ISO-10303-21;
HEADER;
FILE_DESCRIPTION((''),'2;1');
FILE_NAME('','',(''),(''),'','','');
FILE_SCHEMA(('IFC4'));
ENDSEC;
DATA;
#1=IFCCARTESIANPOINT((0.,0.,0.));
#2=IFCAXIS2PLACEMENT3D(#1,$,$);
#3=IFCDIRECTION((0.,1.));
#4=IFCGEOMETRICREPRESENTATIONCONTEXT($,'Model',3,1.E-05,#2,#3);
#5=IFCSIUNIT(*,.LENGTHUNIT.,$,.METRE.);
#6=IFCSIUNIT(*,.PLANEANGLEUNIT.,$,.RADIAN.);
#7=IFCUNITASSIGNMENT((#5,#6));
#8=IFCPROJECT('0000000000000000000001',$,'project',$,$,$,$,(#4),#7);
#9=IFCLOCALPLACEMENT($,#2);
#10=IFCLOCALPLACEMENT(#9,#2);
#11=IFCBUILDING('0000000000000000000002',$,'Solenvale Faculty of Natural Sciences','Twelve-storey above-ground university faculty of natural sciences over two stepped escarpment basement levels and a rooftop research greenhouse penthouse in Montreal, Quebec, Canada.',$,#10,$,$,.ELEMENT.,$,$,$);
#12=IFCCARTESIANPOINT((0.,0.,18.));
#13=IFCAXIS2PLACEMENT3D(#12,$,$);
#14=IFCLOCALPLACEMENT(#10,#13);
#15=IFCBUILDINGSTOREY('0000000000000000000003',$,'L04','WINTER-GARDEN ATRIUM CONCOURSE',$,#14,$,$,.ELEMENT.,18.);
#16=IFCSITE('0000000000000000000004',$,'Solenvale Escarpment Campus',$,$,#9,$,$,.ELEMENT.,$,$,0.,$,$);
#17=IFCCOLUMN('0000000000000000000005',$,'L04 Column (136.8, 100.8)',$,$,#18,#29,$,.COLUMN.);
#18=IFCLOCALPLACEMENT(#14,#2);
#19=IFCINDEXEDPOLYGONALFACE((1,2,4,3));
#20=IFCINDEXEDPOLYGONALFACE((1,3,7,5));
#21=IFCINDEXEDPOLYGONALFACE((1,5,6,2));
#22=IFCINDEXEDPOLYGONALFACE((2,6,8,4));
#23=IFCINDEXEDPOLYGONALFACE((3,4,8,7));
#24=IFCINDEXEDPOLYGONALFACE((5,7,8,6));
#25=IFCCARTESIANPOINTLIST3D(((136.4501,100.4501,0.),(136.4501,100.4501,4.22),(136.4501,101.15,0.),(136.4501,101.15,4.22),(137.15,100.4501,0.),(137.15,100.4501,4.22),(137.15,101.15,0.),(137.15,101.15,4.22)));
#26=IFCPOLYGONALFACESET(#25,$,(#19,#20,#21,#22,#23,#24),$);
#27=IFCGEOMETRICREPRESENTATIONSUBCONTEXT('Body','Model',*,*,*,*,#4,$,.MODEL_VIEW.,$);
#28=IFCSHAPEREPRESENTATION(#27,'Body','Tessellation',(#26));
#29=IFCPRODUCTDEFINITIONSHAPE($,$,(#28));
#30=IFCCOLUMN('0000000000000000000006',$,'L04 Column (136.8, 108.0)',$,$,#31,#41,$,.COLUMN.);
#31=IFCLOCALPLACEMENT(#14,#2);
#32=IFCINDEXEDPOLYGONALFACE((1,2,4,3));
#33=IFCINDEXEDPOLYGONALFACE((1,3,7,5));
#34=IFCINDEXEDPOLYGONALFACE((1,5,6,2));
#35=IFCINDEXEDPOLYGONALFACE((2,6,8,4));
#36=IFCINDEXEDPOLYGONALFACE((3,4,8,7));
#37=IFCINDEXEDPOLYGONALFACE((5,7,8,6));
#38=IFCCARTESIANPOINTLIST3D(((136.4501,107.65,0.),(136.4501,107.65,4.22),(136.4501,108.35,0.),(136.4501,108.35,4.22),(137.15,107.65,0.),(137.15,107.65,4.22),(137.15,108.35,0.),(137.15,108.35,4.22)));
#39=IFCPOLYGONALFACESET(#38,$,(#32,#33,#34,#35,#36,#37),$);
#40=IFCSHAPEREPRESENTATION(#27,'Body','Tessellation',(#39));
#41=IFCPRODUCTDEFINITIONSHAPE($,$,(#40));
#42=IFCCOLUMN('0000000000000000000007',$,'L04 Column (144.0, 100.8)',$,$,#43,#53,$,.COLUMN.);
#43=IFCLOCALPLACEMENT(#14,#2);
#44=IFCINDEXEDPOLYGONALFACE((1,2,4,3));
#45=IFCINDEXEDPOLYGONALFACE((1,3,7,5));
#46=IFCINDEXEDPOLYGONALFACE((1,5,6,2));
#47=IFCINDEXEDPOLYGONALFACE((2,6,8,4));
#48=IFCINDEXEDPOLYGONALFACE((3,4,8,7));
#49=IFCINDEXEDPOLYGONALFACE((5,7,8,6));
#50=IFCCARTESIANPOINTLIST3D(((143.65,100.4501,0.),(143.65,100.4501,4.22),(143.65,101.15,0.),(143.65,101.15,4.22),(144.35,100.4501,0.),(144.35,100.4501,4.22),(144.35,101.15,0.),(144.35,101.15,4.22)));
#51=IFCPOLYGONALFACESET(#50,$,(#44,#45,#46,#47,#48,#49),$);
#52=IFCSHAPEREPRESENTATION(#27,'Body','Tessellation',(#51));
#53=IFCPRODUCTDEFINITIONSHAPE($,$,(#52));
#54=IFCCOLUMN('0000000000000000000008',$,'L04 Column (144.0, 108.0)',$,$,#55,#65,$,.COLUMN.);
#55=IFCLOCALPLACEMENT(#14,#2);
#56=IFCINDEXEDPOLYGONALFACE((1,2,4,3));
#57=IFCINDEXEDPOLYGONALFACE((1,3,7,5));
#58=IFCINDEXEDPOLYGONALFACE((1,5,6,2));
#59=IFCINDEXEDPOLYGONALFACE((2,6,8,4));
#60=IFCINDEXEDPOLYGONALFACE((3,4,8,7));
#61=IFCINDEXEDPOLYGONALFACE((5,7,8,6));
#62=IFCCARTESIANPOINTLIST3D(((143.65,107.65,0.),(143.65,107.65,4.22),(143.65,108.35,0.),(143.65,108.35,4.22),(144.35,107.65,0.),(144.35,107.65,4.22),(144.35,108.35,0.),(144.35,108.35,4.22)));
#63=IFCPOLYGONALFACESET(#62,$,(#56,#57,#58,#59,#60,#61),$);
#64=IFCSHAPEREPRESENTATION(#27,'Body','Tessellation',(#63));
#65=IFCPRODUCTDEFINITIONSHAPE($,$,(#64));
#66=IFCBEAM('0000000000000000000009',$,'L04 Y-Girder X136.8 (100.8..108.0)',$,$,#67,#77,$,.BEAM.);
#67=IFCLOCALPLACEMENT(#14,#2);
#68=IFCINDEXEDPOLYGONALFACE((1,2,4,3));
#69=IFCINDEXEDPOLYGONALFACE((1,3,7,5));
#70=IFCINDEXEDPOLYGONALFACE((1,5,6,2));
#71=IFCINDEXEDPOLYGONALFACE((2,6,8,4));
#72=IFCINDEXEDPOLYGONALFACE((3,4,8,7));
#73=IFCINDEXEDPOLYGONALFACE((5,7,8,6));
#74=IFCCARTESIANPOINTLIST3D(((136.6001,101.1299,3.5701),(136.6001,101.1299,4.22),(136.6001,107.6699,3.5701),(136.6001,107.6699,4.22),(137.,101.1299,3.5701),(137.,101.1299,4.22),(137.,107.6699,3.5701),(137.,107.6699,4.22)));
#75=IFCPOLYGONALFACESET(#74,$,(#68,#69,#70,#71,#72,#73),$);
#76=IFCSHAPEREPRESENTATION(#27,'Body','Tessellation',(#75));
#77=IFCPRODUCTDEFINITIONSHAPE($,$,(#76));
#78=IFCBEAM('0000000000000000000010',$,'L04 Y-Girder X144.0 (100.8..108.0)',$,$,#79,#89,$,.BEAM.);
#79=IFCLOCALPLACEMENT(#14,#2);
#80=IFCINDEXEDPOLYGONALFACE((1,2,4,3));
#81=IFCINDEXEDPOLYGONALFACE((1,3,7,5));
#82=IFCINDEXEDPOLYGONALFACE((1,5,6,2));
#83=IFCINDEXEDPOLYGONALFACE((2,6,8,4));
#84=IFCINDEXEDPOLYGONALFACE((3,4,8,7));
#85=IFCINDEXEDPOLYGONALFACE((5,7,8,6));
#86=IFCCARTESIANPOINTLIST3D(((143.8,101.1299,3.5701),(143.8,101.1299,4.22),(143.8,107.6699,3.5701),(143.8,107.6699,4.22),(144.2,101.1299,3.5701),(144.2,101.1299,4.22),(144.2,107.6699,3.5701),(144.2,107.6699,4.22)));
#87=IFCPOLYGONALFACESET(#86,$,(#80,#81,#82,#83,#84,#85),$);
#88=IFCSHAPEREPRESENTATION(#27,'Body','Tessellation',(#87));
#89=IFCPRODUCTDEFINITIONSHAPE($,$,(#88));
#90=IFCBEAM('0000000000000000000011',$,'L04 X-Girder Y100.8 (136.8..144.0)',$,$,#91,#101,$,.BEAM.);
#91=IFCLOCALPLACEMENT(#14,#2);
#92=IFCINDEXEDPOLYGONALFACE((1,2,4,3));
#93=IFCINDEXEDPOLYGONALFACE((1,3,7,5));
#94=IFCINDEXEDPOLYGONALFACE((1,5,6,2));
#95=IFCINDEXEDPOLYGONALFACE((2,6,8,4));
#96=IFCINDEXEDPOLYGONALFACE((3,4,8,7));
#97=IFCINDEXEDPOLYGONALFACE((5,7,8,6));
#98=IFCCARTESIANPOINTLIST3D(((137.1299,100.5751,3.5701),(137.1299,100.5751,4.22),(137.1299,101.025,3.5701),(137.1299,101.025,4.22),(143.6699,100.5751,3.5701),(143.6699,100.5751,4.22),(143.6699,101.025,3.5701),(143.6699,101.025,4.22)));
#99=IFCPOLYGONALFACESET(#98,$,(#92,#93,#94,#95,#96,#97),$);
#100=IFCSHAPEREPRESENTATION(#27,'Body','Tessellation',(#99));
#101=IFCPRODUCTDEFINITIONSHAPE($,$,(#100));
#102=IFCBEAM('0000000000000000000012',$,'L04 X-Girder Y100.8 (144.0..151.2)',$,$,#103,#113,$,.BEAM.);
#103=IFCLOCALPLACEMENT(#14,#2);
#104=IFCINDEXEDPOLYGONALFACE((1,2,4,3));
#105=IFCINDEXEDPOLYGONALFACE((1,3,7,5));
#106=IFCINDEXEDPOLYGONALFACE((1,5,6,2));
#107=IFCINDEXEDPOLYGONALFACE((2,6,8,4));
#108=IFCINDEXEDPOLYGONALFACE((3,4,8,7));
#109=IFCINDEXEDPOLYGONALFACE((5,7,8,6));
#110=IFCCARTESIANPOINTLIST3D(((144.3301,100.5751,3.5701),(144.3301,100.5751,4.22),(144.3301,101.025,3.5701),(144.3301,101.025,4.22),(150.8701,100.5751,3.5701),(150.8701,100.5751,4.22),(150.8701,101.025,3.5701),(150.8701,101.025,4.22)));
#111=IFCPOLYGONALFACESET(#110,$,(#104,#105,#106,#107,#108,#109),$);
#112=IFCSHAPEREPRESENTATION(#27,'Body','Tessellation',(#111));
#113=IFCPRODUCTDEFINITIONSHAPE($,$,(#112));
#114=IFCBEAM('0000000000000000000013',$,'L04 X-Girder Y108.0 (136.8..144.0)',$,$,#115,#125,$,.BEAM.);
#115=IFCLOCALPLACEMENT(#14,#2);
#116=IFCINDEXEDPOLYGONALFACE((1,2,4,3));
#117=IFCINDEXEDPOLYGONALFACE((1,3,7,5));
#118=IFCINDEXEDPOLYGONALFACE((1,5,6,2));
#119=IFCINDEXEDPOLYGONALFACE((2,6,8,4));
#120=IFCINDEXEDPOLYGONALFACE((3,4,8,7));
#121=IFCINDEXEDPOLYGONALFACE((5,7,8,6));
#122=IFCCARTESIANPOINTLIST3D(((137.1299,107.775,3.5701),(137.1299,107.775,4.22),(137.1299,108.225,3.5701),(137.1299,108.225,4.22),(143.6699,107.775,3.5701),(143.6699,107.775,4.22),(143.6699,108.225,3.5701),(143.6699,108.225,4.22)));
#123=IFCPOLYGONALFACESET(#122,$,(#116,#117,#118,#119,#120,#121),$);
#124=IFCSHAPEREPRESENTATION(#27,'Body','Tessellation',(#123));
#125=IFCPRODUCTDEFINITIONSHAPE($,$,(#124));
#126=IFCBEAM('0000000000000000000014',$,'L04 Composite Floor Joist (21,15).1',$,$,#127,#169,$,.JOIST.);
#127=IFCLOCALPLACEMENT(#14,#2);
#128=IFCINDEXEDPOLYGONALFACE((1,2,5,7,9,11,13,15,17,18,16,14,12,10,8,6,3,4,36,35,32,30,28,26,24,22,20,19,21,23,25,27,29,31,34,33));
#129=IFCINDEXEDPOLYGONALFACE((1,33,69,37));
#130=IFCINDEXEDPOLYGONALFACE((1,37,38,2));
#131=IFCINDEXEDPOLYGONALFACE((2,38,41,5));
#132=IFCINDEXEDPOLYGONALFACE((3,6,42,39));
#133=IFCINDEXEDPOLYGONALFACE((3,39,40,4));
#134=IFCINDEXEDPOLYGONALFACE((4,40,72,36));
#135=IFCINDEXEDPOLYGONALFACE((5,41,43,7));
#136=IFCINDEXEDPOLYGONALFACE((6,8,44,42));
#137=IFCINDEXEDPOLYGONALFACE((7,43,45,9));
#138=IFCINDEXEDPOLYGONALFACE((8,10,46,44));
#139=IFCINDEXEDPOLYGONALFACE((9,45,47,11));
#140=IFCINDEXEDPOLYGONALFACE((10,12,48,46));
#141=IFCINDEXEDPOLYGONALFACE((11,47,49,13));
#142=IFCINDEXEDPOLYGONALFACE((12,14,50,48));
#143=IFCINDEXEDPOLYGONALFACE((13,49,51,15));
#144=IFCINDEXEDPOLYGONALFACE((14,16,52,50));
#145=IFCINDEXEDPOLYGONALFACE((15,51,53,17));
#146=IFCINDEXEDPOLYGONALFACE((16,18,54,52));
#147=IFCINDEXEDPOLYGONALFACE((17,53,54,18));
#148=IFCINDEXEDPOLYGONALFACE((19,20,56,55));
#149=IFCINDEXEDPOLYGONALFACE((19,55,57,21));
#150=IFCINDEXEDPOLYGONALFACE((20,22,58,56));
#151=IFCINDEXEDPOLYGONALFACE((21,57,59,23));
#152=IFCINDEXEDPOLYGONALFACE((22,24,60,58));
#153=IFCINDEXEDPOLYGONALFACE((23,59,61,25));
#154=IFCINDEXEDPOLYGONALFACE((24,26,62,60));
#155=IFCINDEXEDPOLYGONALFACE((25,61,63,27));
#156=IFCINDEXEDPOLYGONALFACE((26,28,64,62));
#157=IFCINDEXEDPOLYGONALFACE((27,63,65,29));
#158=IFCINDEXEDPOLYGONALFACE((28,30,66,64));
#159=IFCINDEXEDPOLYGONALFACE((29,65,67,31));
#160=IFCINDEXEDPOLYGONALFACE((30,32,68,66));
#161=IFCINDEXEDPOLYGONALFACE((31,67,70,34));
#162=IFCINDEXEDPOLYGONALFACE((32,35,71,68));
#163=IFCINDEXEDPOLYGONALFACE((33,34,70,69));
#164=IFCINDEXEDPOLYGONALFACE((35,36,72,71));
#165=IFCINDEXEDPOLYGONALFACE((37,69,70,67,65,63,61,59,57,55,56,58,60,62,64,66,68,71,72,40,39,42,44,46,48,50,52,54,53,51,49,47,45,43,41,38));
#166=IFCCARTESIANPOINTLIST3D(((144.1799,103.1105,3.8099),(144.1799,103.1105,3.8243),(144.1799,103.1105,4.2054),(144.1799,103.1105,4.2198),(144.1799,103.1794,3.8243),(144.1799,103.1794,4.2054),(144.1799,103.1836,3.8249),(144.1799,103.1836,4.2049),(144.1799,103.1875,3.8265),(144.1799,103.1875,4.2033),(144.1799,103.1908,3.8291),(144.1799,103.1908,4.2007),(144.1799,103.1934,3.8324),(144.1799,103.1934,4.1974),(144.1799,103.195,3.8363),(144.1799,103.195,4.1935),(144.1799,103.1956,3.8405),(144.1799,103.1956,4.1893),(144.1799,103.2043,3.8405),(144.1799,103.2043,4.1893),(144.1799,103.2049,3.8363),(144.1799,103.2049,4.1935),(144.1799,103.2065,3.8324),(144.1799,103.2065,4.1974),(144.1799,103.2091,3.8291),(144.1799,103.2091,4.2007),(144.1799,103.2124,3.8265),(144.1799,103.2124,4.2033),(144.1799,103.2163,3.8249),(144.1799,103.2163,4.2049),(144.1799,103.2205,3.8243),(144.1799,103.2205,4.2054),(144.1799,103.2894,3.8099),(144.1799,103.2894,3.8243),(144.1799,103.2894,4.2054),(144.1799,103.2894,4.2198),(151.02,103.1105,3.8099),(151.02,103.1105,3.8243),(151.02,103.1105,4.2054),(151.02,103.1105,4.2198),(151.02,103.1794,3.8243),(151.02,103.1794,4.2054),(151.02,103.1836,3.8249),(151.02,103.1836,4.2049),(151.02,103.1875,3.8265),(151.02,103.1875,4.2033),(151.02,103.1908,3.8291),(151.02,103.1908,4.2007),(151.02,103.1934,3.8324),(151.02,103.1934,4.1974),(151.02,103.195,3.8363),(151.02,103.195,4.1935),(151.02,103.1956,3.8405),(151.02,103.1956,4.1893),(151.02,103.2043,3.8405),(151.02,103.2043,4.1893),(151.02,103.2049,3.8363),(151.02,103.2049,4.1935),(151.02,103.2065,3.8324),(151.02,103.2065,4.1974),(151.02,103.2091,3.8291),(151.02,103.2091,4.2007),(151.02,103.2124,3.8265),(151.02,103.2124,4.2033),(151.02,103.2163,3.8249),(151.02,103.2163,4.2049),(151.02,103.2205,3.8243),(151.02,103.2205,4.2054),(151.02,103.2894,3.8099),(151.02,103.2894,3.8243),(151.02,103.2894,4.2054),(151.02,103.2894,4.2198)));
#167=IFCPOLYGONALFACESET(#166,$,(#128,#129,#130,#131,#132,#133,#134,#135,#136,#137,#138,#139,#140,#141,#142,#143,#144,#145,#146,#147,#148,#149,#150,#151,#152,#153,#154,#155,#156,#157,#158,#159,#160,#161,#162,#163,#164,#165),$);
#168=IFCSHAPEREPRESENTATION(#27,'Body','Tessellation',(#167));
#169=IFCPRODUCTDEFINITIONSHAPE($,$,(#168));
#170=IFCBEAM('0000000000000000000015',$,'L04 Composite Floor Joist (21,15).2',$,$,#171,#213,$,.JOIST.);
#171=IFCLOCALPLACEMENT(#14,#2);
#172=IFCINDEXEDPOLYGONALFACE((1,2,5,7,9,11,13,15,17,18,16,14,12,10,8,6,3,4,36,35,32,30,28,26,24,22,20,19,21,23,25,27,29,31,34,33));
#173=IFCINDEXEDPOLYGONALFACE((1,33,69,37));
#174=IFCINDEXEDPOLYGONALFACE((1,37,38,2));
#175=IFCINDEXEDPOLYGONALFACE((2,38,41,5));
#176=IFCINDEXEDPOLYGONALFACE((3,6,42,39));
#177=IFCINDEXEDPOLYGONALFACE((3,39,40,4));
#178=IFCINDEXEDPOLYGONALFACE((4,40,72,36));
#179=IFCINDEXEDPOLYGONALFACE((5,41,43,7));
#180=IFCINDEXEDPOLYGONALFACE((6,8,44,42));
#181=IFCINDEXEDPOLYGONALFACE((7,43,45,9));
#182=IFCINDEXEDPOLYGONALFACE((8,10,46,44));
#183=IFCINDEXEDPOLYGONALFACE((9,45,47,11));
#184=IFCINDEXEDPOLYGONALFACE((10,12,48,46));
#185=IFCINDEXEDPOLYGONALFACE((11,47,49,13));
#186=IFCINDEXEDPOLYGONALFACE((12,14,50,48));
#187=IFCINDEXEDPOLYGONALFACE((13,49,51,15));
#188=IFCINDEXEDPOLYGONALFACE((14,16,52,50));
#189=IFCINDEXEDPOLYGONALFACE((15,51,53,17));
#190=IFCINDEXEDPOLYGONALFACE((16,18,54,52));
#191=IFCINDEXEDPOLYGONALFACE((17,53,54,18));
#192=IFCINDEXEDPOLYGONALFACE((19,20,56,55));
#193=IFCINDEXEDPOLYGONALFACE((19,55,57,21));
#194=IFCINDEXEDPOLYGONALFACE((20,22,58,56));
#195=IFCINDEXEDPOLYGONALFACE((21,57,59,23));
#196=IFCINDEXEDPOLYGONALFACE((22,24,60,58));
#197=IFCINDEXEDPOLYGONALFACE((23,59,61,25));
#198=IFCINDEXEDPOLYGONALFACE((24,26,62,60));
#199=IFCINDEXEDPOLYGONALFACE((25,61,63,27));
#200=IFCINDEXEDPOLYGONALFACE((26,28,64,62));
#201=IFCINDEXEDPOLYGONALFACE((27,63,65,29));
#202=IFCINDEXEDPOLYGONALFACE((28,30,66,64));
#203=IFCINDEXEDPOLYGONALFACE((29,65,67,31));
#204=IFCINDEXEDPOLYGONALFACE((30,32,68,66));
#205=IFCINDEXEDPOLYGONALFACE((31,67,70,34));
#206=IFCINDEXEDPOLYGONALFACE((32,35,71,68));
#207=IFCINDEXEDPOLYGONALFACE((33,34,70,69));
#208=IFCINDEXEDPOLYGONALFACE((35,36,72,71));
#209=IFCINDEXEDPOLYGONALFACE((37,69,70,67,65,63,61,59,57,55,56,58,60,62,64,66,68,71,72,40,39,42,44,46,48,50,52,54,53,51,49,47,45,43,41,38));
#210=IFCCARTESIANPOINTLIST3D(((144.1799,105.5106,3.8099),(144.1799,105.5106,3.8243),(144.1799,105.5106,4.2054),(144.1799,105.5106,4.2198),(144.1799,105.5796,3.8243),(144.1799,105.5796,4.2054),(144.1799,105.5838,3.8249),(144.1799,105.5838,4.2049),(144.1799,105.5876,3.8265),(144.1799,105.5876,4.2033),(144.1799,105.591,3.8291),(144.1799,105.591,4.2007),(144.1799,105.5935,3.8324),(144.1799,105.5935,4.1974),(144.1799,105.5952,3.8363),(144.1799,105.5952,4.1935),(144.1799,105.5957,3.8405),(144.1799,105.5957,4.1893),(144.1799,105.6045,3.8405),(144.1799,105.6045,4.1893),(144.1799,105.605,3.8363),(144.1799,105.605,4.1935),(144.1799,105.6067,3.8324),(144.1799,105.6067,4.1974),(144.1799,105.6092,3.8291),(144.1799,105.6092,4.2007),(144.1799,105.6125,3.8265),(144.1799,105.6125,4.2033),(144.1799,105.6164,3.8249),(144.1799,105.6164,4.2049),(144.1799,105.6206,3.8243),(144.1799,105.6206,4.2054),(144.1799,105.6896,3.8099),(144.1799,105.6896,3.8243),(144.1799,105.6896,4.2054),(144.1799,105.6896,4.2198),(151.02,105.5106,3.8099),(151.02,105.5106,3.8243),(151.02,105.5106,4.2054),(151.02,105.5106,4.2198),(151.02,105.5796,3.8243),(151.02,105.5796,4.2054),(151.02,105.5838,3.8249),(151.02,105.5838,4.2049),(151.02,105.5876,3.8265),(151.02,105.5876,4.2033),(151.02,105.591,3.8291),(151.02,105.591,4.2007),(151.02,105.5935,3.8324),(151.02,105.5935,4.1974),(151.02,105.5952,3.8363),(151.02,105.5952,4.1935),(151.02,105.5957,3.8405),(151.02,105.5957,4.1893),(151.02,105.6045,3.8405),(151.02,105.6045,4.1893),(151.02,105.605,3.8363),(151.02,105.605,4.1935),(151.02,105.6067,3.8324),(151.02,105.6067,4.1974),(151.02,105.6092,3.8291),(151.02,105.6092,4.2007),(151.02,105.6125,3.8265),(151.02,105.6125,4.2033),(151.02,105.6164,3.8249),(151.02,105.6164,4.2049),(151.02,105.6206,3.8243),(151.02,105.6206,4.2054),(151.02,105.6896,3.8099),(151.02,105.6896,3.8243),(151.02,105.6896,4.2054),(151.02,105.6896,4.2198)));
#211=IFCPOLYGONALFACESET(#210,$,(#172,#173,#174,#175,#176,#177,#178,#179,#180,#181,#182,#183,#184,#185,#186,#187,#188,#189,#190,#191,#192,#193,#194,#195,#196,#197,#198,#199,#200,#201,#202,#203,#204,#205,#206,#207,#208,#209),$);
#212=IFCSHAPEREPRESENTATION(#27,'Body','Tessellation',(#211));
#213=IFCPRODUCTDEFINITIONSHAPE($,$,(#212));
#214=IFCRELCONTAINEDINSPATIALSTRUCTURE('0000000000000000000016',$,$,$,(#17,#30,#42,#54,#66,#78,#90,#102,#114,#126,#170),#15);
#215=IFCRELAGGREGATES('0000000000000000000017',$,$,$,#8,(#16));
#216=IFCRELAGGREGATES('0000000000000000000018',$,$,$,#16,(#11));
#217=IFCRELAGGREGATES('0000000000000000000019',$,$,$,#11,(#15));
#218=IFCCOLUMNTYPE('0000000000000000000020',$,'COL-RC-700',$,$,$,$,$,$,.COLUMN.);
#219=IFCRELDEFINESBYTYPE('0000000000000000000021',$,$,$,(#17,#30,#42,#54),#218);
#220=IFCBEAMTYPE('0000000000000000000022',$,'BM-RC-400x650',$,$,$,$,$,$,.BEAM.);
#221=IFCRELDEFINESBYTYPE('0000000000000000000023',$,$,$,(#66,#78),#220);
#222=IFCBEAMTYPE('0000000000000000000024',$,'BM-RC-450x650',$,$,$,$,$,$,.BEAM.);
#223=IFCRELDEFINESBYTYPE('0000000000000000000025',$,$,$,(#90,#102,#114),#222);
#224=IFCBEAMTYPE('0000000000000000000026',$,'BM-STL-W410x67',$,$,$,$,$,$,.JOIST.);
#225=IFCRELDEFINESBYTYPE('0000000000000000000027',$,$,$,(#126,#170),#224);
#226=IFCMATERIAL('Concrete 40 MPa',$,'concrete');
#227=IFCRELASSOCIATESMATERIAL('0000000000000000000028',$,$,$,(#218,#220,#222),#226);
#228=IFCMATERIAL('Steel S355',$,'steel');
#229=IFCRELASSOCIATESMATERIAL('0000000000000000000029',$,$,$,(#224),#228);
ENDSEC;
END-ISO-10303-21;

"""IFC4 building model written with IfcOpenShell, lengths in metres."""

from ifc_helpers import new_model, si_unit, direction, frame, origin, origin_2d, place, context, subcontext, project, spatial, rectangle, i_section, extrude, material, material_profile, profile_set, type_object, element, save


model = new_model("IFC4")

# Units and contexts
model_context = context("Model", 3, precision=1e-05, world=origin(), true_north=direction((0.0, 1.0)))
body_context = subcontext(model_context, "Body", "Model", "MODEL_VIEW")
ifc_project = project(units=[si_unit("LENGTHUNIT", "METRE"), si_unit("PLANEANGLEUNIT", "RADIAN")], contexts=[model_context])

# Site, building, storey
site_placement = place(None, origin())
site = spatial("IfcSite", under=ifc_project, at=site_placement, Name="Solenvale Escarpment Campus", CompositionType="ELEMENT", RefElevation=0.0)
building_placement = place(site_placement, origin())
building = spatial("IfcBuilding", under=site, at=building_placement, Name="Solenvale Faculty of Natural Sciences", Description="Twelve-storey above-ground university faculty of natural sciences over two stepped escarpment basement levels and a rooftop research greenhouse penthouse in Montreal, Quebec, Canada.", CompositionType="ELEMENT")
storey_placement = place(building_placement, frame((0.0, 0.0, 18.0)))
storey = spatial("IfcBuildingStorey", under=building, at=storey_placement, Name="L04", Description="WINTER-GARDEN ATRIUM CONCOURSE", CompositionType="ELEMENT", Elevation=18.0)

# Columns
ifc_material_1 = material(Name="Concrete 40 MPa", Category="concrete")
ifc_material_profile_1 = material_profile(ifc_material_1, rectangle(XDim=0.7, YDim=0.7, at=origin_2d()), Name="RC-COL-700x700")
ifc_profile_set_1 = profile_set([ifc_material_profile_1], Name="Concrete 40 MPa")
column_type = type_object("IfcColumnType", Name="COL-RC-700", PredefinedType="COLUMN", material=ifc_profile_set_1)
for number, where, z_axis, x_axis, name in (
    (1, (136.8, 100.8, 0.0), (0.0, 0.0, 1.0), (1.0, 0.0, 0.0), "L04 Column (136.8, 100.8)"),
    (2, (136.8, 108.0, 0.0), (0.0, 0.0, 1.0), (1.0, 0.0, 0.0), "L04 Column (136.8, 108.0)"),
    (3, (144.0, 100.8, 0.0), (0.0, 0.0, 1.0), (1.0, 0.0, 0.0), "L04 Column (144.0, 100.8)"),
    (4, (144.0, 108.0, 0.0), (0.0, 0.0, 1.0), (1.0, 0.0, 0.0), "L04 Column (144.0, 108.0)"),
):
    element("IfcColumn", number, at=place(storey_placement, frame(where, z_axis=z_axis, x_axis=x_axis)), inside=storey, type_object=column_type, Name=name, PredefinedType="COLUMN", context=body_context, shape_type="SweptSolid", body=[
        extrude(rectangle(XDim=0.7, YDim=0.7, at=origin_2d()), origin(), (0.0, 0.0, 1.0), 4.22),
    ])

# Beams
ifc_material_profile_2 = material_profile(ifc_material_1, rectangle(XDim=0.3999, YDim=0.6499, at=origin_2d()), Name="RC-BM-400x650")
ifc_profile_set_2 = profile_set([ifc_material_profile_2], Name="Concrete 40 MPa")
beam_type_1 = type_object("IfcBeamType", Name="BM-RC-400x650", PredefinedType="BEAM", material=ifc_profile_set_2)
for number, where, z_axis, x_axis, name in (
    (5, (136.8, 101.1299, 3.895), (0.0, 1.0, 0.0), (-1.0, 0.0, 0.0), "L04 Y-Girder X136.8 (100.8..108.0)"),
    (6, (144.0, 101.1299, 3.895), (0.0, 1.0, 0.0), (-1.0, 0.0, 0.0), "L04 Y-Girder X144.0 (100.8..108.0)"),
):
    element("IfcBeam", number, at=place(storey_placement, frame(where, z_axis=z_axis, x_axis=x_axis)), inside=storey, type_object=beam_type_1, Name=name, PredefinedType="BEAM", context=body_context, shape_type="SweptSolid", body=[
        extrude(rectangle(XDim=0.3999, YDim=0.6499, at=origin_2d()), origin(), (0.0, 0.0, 1.0), 6.54),
    ])
ifc_material_profile_3 = material_profile(ifc_material_1, rectangle(XDim=0.45, YDim=0.6499, at=origin_2d()), Name="RC-BM-450x650")
ifc_profile_set_3 = profile_set([ifc_material_profile_3], Name="Concrete 40 MPa")
beam_type_2 = type_object("IfcBeamType", Name="BM-RC-450x650", PredefinedType="BEAM", material=ifc_profile_set_3)
for number, where, z_axis, x_axis, name in (
    (7, (137.1299, 100.8, 3.895), (1.0, 0.0, 0.0), (0.0, 1.0, 0.0), "L04 X-Girder Y100.8 (136.8..144.0)"),
    (8, (144.3301, 100.8, 3.895), (1.0, 0.0, 0.0), (0.0, 1.0, 0.0), "L04 X-Girder Y100.8 (144.0..151.2)"),
    (9, (137.1299, 108.0, 3.895), (1.0, 0.0, 0.0), (0.0, 1.0, 0.0), "L04 X-Girder Y108.0 (136.8..144.0)"),
):
    element("IfcBeam", number, at=place(storey_placement, frame(where, z_axis=z_axis, x_axis=x_axis)), inside=storey, type_object=beam_type_2, Name=name, PredefinedType="BEAM", context=body_context, shape_type="SweptSolid", body=[
        extrude(rectangle(XDim=0.45, YDim=0.6499, at=origin_2d()), origin(), (0.0, 0.0, 1.0), 6.54),
    ])
ifc_material_2 = material(Name="Steel S355", Category="steel")
ifc_material_profile_4 = material_profile(ifc_material_2, i_section(OverallWidth=0.179, OverallDepth=0.4099, WebThickness=0.0088, FlangeThickness=0.0144, FilletRadius=0.0161, at=origin_2d()), Name="W410x67")
ifc_profile_set_4 = profile_set([ifc_material_profile_4], Name="Steel S355")
beam_type_3 = type_object("IfcBeamType", Name="BM-STL-W410x67", PredefinedType="JOIST", material=ifc_profile_set_4)
for number, where, z_axis, x_axis, name in (
    (10, (144.1799, 103.2, 4.0149), (1.0, 0.0, 0.0), (0.0, 1.0, 0.0), "L04 Composite Floor Joist (21,15).1"),
    (11, (144.1799, 105.6001, 4.0149), (1.0, 0.0, 0.0), (0.0, 1.0, 0.0), "L04 Composite Floor Joist (21,15).2"),
):
    element("IfcBeam", number, at=place(storey_placement, frame(where, z_axis=z_axis, x_axis=x_axis)), inside=storey, type_object=beam_type_3, Name=name, PredefinedType="JOIST", context=body_context, shape_type="SweptSolid", body=[
        extrude(i_section(OverallWidth=0.179, OverallDepth=0.4099, WebThickness=0.0088, FlangeThickness=0.0144, FilletRadius=0.0161, at=origin_2d()), origin(), (0.0, 0.0, 1.0), 6.8401),
    ])

save(model, "model.ifc")
